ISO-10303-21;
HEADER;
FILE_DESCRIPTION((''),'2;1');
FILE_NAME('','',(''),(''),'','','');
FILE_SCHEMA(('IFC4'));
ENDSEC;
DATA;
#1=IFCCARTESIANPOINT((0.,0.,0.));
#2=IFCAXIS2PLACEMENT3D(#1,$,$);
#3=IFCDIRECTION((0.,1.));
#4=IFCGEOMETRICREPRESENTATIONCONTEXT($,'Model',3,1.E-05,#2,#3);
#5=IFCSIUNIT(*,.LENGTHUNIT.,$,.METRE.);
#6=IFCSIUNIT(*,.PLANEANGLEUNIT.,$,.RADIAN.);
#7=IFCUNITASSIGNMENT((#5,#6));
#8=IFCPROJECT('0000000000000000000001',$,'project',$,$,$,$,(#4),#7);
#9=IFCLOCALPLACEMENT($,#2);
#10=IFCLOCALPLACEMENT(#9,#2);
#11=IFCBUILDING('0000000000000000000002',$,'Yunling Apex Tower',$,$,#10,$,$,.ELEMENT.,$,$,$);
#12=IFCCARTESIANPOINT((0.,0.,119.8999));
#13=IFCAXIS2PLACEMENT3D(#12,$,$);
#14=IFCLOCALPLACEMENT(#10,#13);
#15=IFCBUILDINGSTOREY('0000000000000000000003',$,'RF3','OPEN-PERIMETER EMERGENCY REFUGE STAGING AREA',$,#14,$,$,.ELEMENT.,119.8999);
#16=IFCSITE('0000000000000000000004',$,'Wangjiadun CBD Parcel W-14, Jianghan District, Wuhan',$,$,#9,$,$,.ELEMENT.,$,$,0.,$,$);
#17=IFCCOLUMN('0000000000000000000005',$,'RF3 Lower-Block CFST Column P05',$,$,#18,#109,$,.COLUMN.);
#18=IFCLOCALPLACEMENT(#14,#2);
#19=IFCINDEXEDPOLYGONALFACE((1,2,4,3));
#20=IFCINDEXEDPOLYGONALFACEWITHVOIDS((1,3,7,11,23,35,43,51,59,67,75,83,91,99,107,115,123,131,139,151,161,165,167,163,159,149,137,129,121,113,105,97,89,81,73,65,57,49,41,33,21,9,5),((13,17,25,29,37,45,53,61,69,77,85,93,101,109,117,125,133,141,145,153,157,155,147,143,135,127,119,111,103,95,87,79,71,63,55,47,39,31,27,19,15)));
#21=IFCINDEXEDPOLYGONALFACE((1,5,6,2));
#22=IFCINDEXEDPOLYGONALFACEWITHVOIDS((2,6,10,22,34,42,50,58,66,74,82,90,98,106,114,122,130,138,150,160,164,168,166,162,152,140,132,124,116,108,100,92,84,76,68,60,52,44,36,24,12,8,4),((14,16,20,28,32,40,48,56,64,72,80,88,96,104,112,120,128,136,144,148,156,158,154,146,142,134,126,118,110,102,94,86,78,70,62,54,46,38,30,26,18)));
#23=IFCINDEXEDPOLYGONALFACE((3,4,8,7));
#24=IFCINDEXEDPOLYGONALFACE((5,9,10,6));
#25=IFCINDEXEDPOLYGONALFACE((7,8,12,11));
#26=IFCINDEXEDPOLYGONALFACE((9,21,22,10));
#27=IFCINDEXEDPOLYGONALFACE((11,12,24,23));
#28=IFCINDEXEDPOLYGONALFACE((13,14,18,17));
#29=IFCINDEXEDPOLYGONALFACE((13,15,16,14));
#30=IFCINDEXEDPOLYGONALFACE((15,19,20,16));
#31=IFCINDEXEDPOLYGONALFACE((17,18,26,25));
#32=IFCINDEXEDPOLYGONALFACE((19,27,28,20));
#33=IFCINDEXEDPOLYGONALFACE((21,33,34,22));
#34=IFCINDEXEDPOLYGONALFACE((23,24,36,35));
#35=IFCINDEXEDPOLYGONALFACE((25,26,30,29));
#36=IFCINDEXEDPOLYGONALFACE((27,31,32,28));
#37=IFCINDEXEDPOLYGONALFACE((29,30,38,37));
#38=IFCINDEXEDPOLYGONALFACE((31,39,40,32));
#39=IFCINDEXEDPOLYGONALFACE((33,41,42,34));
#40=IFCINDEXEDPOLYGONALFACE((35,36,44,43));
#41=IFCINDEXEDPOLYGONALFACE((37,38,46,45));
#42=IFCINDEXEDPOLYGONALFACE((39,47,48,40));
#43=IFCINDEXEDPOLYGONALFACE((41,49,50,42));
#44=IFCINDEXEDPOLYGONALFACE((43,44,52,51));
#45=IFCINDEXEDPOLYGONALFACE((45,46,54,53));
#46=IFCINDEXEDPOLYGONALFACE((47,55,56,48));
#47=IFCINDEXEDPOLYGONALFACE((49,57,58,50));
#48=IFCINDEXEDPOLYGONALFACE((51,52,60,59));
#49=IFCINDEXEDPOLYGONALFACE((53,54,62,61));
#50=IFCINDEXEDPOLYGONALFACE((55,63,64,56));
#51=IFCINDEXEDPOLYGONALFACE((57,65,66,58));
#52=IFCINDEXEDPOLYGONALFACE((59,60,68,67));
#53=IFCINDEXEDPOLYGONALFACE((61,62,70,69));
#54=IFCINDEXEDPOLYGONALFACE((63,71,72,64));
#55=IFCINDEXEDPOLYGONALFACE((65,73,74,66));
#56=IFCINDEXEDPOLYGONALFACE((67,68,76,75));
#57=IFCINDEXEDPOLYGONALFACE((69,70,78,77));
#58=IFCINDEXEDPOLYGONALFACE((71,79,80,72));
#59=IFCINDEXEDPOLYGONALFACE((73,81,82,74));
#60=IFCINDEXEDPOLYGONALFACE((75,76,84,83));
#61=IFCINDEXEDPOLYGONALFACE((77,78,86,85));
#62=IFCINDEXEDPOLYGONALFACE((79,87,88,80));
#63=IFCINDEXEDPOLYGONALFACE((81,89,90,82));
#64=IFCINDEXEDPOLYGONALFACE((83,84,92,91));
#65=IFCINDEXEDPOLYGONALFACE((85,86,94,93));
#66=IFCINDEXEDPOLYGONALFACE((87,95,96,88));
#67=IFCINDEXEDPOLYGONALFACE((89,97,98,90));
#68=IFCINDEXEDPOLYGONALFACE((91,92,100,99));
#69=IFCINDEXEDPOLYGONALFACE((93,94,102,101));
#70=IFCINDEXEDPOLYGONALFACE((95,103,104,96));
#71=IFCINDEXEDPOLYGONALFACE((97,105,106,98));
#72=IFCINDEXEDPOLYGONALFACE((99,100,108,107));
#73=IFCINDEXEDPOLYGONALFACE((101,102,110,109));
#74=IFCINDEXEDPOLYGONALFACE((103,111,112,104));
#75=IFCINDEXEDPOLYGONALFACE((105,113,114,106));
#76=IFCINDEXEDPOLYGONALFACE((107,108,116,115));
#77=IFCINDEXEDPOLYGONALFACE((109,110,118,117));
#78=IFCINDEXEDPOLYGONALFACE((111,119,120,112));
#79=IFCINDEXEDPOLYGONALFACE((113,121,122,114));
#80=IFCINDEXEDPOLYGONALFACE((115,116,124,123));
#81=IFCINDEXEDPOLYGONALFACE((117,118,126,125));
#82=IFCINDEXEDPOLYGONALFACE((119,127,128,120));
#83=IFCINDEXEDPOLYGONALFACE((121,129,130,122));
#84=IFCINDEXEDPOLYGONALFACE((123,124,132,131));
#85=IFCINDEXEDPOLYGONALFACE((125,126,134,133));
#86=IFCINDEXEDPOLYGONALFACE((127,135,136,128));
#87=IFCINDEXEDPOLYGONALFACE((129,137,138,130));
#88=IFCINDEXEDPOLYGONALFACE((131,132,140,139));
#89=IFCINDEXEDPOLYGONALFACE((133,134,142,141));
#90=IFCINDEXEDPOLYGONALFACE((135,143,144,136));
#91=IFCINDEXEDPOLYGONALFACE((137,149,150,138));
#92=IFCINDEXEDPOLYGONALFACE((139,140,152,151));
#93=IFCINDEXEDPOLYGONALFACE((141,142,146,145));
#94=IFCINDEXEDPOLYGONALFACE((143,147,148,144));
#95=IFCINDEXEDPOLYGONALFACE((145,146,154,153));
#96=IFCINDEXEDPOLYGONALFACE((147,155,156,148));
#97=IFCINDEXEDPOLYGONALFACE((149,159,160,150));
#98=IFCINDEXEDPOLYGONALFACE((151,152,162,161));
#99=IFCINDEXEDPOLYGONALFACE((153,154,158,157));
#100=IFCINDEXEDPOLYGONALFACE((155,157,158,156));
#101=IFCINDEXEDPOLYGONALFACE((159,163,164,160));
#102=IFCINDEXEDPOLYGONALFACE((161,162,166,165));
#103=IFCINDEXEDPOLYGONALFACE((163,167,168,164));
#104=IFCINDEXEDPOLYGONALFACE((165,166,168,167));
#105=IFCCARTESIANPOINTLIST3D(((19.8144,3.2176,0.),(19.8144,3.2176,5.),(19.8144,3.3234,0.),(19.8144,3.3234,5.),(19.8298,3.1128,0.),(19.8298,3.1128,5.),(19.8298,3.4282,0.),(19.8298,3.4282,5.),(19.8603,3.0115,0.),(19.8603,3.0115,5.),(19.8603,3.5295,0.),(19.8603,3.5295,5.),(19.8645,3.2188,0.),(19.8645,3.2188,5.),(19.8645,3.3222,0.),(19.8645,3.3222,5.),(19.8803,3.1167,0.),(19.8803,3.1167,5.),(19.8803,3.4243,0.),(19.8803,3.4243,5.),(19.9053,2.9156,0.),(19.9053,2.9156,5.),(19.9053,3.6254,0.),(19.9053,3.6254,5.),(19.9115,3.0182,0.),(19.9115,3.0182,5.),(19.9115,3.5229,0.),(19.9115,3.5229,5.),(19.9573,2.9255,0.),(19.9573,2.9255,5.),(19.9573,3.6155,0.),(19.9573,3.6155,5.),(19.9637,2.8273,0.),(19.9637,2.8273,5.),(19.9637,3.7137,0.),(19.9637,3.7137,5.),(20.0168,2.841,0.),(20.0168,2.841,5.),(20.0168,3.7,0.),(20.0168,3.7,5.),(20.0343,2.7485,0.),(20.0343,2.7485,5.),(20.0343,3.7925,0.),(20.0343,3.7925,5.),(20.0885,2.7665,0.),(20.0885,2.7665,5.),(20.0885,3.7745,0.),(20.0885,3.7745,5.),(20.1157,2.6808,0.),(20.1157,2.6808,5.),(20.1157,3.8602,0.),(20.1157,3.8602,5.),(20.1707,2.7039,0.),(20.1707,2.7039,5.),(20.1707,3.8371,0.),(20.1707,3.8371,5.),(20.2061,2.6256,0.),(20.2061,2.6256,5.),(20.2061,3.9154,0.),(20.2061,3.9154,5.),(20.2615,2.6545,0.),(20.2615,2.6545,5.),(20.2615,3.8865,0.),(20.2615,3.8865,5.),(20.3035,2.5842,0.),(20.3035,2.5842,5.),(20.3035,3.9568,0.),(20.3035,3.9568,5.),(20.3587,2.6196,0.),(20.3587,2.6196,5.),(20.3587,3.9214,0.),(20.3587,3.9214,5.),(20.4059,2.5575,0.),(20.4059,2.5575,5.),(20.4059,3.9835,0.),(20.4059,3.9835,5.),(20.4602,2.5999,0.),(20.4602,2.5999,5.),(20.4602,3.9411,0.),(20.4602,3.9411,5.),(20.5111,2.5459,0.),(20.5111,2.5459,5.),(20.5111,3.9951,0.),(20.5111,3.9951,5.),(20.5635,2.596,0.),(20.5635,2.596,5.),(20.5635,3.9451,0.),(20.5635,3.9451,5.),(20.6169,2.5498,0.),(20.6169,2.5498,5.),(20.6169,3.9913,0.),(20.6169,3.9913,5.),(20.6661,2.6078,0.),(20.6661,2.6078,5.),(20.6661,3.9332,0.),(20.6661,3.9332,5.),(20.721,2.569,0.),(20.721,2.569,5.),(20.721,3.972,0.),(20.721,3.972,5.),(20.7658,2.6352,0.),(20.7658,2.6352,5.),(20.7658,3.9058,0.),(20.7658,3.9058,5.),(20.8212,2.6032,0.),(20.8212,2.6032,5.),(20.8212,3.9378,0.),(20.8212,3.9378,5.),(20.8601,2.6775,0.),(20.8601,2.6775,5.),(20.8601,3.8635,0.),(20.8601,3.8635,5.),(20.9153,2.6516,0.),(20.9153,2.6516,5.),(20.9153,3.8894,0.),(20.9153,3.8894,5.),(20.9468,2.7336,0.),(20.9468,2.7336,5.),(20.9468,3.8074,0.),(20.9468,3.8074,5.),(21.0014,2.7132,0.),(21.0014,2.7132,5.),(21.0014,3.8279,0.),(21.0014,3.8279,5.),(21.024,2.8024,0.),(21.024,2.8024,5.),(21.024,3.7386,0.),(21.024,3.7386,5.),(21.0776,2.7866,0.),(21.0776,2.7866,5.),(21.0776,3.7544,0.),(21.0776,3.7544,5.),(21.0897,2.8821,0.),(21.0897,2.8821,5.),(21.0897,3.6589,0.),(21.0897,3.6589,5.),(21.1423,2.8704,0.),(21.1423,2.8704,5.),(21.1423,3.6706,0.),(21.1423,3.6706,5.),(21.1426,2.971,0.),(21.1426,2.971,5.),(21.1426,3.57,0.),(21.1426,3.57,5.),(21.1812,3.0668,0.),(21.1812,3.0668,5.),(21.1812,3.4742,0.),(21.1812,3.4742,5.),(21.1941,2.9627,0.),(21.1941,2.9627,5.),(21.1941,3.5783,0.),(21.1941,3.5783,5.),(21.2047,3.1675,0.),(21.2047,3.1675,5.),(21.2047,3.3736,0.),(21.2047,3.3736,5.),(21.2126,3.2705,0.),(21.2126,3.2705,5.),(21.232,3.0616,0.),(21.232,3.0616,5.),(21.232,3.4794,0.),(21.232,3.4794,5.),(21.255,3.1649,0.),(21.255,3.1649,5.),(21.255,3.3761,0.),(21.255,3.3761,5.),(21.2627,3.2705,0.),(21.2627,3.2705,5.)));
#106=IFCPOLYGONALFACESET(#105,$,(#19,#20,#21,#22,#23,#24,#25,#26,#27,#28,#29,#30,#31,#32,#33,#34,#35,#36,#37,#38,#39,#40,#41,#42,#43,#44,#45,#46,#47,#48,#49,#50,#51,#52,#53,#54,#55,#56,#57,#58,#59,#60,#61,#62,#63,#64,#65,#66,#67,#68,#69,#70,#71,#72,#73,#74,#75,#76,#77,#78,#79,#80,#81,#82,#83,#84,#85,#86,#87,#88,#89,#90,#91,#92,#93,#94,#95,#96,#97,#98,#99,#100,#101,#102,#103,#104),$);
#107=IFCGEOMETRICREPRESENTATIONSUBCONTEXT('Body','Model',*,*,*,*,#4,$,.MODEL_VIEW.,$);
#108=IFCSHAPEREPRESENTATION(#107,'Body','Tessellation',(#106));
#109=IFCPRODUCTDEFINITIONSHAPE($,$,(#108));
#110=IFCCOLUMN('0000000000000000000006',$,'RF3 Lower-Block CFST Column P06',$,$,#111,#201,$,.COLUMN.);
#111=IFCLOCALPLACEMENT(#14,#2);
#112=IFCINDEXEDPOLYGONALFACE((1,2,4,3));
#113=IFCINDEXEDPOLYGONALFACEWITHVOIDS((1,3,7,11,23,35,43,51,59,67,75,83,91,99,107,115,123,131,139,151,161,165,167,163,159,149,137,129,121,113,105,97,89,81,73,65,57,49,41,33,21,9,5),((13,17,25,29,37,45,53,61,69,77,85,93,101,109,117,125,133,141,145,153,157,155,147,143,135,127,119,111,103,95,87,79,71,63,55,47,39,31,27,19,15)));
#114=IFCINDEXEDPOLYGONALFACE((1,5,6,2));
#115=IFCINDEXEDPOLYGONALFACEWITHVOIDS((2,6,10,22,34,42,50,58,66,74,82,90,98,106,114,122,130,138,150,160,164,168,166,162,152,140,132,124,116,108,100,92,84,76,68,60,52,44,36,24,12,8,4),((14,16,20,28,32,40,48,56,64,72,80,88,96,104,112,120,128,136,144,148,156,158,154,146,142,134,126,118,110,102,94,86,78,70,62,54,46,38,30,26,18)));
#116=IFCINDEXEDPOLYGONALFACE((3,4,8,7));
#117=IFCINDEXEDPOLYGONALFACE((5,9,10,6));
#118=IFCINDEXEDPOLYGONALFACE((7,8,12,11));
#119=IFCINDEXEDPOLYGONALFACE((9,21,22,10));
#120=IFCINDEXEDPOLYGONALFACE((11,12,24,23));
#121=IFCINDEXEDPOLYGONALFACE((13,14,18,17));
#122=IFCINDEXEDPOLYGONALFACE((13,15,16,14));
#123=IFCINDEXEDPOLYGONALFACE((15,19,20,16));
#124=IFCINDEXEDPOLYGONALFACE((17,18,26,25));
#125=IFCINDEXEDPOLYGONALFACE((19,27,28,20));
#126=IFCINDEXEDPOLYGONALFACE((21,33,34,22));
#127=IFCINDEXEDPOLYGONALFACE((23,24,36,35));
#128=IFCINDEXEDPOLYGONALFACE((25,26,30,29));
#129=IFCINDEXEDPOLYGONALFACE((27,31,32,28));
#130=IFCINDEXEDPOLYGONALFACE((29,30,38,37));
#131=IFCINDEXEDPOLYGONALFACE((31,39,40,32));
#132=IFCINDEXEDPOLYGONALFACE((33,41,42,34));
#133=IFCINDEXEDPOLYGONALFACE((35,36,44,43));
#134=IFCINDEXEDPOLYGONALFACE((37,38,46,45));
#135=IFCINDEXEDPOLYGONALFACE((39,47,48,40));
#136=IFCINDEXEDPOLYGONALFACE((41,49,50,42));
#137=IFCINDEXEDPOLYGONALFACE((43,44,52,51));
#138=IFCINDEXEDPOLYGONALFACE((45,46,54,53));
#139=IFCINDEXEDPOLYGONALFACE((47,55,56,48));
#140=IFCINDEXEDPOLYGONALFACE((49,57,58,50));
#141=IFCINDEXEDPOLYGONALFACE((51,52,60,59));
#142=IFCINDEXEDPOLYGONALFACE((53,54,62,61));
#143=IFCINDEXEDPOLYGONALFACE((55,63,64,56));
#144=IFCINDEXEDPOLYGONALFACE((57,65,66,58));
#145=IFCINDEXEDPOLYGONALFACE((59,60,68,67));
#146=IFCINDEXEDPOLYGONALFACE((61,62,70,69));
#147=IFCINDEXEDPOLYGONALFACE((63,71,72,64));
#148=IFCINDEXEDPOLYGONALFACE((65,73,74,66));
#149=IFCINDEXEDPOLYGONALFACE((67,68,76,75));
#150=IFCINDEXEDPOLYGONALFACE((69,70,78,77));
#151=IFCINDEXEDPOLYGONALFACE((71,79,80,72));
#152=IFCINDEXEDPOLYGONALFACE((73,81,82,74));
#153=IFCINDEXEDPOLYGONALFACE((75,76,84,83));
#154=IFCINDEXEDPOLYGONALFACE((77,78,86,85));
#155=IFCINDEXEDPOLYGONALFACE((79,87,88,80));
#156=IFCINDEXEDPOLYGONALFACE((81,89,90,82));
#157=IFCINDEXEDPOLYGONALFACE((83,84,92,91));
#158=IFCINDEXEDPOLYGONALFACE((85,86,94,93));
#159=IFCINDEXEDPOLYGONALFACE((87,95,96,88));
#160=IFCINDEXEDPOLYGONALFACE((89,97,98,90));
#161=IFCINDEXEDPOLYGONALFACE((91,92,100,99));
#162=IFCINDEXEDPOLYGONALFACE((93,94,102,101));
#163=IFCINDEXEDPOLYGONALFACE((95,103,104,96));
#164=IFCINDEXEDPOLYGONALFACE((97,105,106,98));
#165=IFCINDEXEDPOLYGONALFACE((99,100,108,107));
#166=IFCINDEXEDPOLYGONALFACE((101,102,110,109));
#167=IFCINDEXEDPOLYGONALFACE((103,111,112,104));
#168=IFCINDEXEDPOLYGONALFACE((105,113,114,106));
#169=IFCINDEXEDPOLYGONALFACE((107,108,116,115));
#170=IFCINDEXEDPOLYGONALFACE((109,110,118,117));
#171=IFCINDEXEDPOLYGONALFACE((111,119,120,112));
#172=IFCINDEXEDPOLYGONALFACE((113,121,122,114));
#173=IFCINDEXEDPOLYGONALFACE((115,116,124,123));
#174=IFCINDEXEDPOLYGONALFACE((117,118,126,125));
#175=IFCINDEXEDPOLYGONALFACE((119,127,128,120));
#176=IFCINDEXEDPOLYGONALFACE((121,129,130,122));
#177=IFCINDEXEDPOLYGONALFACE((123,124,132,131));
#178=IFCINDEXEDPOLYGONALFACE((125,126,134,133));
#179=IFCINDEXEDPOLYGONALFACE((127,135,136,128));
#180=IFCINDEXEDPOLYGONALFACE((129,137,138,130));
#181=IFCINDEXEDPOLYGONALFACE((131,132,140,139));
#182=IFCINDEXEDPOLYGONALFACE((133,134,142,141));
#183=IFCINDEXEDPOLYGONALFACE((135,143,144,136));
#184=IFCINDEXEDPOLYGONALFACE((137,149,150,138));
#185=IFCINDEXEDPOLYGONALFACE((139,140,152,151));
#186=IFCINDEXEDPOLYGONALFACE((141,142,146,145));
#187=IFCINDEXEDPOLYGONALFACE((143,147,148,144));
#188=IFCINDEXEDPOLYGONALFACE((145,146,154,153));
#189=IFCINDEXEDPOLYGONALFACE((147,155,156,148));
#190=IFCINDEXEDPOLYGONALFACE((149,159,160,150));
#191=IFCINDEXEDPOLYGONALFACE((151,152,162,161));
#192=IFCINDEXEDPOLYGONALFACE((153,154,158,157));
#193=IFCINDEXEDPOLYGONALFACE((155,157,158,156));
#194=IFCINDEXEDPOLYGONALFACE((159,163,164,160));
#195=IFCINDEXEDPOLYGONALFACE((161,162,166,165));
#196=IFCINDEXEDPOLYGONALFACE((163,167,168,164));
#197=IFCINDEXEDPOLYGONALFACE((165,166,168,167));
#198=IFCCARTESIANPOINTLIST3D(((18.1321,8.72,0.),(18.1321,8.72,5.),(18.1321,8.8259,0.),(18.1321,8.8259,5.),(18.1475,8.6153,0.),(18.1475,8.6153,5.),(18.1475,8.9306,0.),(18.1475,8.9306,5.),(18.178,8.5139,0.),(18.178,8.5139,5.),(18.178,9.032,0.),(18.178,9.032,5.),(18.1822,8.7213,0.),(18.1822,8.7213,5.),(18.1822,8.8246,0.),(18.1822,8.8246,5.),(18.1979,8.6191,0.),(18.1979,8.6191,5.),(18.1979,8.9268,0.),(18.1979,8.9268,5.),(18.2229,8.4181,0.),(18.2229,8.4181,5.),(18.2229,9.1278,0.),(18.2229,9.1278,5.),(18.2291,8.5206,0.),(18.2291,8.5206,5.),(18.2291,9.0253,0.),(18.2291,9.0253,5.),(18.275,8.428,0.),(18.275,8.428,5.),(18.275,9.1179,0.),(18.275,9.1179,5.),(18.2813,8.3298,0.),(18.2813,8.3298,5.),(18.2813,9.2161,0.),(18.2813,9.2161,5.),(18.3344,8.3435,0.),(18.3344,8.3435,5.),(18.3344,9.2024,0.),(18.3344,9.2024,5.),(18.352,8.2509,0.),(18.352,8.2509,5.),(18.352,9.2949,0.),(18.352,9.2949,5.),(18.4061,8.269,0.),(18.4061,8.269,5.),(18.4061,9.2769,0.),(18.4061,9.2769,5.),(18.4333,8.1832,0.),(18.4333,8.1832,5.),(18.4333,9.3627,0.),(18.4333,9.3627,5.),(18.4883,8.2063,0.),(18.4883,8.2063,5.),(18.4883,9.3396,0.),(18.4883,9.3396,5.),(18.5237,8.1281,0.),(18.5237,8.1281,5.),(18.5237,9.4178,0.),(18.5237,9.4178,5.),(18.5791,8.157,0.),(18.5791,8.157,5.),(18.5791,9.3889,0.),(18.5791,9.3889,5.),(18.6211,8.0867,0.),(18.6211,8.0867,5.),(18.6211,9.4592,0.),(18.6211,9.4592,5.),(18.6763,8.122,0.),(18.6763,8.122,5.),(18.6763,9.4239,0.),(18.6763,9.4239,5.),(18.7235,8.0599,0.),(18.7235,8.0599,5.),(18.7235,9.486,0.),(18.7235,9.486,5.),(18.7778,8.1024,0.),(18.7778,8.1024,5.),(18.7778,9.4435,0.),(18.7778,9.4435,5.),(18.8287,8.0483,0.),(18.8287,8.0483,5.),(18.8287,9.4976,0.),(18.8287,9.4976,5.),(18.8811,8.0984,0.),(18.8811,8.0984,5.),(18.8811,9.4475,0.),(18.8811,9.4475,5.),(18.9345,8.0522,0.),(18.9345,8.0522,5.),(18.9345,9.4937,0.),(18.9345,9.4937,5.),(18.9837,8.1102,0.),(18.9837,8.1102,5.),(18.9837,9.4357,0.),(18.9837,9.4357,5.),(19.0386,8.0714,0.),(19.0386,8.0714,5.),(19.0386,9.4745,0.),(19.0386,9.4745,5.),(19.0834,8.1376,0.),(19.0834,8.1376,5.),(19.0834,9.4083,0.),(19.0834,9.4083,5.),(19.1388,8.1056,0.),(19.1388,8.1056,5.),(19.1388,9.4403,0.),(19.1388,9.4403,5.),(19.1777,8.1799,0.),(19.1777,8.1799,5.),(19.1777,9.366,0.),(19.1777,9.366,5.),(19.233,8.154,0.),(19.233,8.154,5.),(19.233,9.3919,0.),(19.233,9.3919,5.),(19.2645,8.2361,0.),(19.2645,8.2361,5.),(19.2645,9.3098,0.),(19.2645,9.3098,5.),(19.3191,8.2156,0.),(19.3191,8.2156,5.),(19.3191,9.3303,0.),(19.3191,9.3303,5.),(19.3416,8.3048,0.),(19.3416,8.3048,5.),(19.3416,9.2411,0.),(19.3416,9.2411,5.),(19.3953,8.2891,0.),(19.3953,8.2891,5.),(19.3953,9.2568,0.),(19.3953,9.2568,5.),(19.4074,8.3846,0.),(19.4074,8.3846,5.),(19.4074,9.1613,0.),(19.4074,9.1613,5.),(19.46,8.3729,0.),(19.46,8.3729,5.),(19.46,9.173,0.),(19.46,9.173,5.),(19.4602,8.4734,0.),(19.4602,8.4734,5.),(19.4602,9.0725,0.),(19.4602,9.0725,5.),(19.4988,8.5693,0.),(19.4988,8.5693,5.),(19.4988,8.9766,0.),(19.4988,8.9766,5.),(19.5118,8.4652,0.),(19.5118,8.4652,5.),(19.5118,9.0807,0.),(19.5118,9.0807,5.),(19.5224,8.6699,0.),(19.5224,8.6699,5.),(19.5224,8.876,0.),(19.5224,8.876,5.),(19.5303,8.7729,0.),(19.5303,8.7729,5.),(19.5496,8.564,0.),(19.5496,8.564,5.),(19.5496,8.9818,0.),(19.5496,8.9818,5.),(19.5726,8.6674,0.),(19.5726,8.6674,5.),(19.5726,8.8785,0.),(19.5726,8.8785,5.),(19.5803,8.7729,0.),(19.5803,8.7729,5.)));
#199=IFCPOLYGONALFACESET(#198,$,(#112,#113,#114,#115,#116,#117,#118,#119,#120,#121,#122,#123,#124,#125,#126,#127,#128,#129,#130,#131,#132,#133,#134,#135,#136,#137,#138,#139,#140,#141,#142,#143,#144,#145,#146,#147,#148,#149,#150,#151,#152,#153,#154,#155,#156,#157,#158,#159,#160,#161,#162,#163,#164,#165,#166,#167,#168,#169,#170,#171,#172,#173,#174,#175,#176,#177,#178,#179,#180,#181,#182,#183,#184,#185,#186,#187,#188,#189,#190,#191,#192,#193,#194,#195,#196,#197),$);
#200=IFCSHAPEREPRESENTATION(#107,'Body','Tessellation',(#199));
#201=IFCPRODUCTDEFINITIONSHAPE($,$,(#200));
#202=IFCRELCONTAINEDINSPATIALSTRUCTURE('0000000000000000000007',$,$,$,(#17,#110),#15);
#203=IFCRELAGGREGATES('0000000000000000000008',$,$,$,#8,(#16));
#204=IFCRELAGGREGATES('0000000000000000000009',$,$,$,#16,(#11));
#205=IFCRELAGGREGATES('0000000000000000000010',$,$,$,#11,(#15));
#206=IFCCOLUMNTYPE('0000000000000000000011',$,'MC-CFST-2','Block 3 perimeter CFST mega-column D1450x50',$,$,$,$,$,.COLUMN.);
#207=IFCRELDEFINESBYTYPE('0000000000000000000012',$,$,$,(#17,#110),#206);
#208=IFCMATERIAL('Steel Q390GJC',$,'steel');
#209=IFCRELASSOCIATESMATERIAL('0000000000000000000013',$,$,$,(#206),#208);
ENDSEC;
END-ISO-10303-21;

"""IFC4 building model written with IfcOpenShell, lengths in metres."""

from ifc_helpers import new_model, si_unit, direction, frame, origin, origin_2d, place, context, subcontext, project, spatial, hollow_circle, extrude, source, transform, mapped, material, material_profile, profile_set, type_object, element, save


model = new_model("IFC4")

# Units and contexts
model_context = context("Model", 3, precision=1e-05, world=origin(), true_north=direction((0.0, 1.0)))
body_context = subcontext(model_context, "Body", "Model", "MODEL_VIEW")
ifc_project = project(units=[si_unit("LENGTHUNIT", "METRE"), si_unit("PLANEANGLEUNIT", "RADIAN")], contexts=[model_context])

# Site, building, storey
site_placement = place(None, origin())
site = spatial("IfcSite", under=ifc_project, at=site_placement, Name="Wangjiadun CBD Parcel W-14, Jianghan District, Wuhan", CompositionType="ELEMENT", RefElevation=0.0)
building_placement = place(site_placement, origin())
building = spatial("IfcBuilding", under=site, at=building_placement, Name="Yunling Apex Tower", CompositionType="ELEMENT")
storey_placement = place(building_placement, frame((0.0, 0.0, 119.8999)))
storey = spatial("IfcBuildingStorey", under=building, at=storey_placement, Name="RF3", Description="OPEN-PERIMETER EMERGENCY REFUGE STAGING AREA", CompositionType="ELEMENT", Elevation=119.8999)

# Columns
ifc_material_1 = material(Name="Steel Q390GJC", Category="steel")
ifc_material_profile_1 = material_profile(ifc_material_1, hollow_circle(Radius=0.7251, WallThickness=0.05, at=origin_2d()))
ifc_profile_set_1 = profile_set([ifc_material_profile_1], Name="Steel Q390GJC")
column_type = type_object("IfcColumnType", Name="MC-CFST-2", Description="Block 3 perimeter CFST mega-column D1450x50", PredefinedType="COLUMN", material=ifc_profile_set_1)
shared_shape_1 = source(origin(), body_context, "Body", "SweptSolid", [
    extrude(hollow_circle(Radius=0.7251, WallThickness=0.05, at=origin_2d()), origin(), (0.0, 0.0, 1.0), 5.0),
])
for number, where, z_axis, x_axis, name in (
    (1, (20.5376, 3.2705, 0.0), (0.0, 0.0, 1.0), (1.0, 0.0, 0.0), "RF3 Lower-Block CFST Column P05"),
    (2, (18.8552, 8.7729, 0.0), (0.0, 0.0, 1.0), (1.0, 0.0, 0.0), "RF3 Lower-Block CFST Column P06"),
):
    element("IfcColumn", number, at=place(storey_placement, frame(where, z_axis=z_axis, x_axis=x_axis)), inside=storey, type_object=column_type, Name=name, PredefinedType="COLUMN", context=body_context, shape_type="MappedRepresentation", body=[
        mapped(shared_shape_1, transform((0.0, 0.0, 0.0), scale=1.0)),
    ])

save(model, "model.ifc")
